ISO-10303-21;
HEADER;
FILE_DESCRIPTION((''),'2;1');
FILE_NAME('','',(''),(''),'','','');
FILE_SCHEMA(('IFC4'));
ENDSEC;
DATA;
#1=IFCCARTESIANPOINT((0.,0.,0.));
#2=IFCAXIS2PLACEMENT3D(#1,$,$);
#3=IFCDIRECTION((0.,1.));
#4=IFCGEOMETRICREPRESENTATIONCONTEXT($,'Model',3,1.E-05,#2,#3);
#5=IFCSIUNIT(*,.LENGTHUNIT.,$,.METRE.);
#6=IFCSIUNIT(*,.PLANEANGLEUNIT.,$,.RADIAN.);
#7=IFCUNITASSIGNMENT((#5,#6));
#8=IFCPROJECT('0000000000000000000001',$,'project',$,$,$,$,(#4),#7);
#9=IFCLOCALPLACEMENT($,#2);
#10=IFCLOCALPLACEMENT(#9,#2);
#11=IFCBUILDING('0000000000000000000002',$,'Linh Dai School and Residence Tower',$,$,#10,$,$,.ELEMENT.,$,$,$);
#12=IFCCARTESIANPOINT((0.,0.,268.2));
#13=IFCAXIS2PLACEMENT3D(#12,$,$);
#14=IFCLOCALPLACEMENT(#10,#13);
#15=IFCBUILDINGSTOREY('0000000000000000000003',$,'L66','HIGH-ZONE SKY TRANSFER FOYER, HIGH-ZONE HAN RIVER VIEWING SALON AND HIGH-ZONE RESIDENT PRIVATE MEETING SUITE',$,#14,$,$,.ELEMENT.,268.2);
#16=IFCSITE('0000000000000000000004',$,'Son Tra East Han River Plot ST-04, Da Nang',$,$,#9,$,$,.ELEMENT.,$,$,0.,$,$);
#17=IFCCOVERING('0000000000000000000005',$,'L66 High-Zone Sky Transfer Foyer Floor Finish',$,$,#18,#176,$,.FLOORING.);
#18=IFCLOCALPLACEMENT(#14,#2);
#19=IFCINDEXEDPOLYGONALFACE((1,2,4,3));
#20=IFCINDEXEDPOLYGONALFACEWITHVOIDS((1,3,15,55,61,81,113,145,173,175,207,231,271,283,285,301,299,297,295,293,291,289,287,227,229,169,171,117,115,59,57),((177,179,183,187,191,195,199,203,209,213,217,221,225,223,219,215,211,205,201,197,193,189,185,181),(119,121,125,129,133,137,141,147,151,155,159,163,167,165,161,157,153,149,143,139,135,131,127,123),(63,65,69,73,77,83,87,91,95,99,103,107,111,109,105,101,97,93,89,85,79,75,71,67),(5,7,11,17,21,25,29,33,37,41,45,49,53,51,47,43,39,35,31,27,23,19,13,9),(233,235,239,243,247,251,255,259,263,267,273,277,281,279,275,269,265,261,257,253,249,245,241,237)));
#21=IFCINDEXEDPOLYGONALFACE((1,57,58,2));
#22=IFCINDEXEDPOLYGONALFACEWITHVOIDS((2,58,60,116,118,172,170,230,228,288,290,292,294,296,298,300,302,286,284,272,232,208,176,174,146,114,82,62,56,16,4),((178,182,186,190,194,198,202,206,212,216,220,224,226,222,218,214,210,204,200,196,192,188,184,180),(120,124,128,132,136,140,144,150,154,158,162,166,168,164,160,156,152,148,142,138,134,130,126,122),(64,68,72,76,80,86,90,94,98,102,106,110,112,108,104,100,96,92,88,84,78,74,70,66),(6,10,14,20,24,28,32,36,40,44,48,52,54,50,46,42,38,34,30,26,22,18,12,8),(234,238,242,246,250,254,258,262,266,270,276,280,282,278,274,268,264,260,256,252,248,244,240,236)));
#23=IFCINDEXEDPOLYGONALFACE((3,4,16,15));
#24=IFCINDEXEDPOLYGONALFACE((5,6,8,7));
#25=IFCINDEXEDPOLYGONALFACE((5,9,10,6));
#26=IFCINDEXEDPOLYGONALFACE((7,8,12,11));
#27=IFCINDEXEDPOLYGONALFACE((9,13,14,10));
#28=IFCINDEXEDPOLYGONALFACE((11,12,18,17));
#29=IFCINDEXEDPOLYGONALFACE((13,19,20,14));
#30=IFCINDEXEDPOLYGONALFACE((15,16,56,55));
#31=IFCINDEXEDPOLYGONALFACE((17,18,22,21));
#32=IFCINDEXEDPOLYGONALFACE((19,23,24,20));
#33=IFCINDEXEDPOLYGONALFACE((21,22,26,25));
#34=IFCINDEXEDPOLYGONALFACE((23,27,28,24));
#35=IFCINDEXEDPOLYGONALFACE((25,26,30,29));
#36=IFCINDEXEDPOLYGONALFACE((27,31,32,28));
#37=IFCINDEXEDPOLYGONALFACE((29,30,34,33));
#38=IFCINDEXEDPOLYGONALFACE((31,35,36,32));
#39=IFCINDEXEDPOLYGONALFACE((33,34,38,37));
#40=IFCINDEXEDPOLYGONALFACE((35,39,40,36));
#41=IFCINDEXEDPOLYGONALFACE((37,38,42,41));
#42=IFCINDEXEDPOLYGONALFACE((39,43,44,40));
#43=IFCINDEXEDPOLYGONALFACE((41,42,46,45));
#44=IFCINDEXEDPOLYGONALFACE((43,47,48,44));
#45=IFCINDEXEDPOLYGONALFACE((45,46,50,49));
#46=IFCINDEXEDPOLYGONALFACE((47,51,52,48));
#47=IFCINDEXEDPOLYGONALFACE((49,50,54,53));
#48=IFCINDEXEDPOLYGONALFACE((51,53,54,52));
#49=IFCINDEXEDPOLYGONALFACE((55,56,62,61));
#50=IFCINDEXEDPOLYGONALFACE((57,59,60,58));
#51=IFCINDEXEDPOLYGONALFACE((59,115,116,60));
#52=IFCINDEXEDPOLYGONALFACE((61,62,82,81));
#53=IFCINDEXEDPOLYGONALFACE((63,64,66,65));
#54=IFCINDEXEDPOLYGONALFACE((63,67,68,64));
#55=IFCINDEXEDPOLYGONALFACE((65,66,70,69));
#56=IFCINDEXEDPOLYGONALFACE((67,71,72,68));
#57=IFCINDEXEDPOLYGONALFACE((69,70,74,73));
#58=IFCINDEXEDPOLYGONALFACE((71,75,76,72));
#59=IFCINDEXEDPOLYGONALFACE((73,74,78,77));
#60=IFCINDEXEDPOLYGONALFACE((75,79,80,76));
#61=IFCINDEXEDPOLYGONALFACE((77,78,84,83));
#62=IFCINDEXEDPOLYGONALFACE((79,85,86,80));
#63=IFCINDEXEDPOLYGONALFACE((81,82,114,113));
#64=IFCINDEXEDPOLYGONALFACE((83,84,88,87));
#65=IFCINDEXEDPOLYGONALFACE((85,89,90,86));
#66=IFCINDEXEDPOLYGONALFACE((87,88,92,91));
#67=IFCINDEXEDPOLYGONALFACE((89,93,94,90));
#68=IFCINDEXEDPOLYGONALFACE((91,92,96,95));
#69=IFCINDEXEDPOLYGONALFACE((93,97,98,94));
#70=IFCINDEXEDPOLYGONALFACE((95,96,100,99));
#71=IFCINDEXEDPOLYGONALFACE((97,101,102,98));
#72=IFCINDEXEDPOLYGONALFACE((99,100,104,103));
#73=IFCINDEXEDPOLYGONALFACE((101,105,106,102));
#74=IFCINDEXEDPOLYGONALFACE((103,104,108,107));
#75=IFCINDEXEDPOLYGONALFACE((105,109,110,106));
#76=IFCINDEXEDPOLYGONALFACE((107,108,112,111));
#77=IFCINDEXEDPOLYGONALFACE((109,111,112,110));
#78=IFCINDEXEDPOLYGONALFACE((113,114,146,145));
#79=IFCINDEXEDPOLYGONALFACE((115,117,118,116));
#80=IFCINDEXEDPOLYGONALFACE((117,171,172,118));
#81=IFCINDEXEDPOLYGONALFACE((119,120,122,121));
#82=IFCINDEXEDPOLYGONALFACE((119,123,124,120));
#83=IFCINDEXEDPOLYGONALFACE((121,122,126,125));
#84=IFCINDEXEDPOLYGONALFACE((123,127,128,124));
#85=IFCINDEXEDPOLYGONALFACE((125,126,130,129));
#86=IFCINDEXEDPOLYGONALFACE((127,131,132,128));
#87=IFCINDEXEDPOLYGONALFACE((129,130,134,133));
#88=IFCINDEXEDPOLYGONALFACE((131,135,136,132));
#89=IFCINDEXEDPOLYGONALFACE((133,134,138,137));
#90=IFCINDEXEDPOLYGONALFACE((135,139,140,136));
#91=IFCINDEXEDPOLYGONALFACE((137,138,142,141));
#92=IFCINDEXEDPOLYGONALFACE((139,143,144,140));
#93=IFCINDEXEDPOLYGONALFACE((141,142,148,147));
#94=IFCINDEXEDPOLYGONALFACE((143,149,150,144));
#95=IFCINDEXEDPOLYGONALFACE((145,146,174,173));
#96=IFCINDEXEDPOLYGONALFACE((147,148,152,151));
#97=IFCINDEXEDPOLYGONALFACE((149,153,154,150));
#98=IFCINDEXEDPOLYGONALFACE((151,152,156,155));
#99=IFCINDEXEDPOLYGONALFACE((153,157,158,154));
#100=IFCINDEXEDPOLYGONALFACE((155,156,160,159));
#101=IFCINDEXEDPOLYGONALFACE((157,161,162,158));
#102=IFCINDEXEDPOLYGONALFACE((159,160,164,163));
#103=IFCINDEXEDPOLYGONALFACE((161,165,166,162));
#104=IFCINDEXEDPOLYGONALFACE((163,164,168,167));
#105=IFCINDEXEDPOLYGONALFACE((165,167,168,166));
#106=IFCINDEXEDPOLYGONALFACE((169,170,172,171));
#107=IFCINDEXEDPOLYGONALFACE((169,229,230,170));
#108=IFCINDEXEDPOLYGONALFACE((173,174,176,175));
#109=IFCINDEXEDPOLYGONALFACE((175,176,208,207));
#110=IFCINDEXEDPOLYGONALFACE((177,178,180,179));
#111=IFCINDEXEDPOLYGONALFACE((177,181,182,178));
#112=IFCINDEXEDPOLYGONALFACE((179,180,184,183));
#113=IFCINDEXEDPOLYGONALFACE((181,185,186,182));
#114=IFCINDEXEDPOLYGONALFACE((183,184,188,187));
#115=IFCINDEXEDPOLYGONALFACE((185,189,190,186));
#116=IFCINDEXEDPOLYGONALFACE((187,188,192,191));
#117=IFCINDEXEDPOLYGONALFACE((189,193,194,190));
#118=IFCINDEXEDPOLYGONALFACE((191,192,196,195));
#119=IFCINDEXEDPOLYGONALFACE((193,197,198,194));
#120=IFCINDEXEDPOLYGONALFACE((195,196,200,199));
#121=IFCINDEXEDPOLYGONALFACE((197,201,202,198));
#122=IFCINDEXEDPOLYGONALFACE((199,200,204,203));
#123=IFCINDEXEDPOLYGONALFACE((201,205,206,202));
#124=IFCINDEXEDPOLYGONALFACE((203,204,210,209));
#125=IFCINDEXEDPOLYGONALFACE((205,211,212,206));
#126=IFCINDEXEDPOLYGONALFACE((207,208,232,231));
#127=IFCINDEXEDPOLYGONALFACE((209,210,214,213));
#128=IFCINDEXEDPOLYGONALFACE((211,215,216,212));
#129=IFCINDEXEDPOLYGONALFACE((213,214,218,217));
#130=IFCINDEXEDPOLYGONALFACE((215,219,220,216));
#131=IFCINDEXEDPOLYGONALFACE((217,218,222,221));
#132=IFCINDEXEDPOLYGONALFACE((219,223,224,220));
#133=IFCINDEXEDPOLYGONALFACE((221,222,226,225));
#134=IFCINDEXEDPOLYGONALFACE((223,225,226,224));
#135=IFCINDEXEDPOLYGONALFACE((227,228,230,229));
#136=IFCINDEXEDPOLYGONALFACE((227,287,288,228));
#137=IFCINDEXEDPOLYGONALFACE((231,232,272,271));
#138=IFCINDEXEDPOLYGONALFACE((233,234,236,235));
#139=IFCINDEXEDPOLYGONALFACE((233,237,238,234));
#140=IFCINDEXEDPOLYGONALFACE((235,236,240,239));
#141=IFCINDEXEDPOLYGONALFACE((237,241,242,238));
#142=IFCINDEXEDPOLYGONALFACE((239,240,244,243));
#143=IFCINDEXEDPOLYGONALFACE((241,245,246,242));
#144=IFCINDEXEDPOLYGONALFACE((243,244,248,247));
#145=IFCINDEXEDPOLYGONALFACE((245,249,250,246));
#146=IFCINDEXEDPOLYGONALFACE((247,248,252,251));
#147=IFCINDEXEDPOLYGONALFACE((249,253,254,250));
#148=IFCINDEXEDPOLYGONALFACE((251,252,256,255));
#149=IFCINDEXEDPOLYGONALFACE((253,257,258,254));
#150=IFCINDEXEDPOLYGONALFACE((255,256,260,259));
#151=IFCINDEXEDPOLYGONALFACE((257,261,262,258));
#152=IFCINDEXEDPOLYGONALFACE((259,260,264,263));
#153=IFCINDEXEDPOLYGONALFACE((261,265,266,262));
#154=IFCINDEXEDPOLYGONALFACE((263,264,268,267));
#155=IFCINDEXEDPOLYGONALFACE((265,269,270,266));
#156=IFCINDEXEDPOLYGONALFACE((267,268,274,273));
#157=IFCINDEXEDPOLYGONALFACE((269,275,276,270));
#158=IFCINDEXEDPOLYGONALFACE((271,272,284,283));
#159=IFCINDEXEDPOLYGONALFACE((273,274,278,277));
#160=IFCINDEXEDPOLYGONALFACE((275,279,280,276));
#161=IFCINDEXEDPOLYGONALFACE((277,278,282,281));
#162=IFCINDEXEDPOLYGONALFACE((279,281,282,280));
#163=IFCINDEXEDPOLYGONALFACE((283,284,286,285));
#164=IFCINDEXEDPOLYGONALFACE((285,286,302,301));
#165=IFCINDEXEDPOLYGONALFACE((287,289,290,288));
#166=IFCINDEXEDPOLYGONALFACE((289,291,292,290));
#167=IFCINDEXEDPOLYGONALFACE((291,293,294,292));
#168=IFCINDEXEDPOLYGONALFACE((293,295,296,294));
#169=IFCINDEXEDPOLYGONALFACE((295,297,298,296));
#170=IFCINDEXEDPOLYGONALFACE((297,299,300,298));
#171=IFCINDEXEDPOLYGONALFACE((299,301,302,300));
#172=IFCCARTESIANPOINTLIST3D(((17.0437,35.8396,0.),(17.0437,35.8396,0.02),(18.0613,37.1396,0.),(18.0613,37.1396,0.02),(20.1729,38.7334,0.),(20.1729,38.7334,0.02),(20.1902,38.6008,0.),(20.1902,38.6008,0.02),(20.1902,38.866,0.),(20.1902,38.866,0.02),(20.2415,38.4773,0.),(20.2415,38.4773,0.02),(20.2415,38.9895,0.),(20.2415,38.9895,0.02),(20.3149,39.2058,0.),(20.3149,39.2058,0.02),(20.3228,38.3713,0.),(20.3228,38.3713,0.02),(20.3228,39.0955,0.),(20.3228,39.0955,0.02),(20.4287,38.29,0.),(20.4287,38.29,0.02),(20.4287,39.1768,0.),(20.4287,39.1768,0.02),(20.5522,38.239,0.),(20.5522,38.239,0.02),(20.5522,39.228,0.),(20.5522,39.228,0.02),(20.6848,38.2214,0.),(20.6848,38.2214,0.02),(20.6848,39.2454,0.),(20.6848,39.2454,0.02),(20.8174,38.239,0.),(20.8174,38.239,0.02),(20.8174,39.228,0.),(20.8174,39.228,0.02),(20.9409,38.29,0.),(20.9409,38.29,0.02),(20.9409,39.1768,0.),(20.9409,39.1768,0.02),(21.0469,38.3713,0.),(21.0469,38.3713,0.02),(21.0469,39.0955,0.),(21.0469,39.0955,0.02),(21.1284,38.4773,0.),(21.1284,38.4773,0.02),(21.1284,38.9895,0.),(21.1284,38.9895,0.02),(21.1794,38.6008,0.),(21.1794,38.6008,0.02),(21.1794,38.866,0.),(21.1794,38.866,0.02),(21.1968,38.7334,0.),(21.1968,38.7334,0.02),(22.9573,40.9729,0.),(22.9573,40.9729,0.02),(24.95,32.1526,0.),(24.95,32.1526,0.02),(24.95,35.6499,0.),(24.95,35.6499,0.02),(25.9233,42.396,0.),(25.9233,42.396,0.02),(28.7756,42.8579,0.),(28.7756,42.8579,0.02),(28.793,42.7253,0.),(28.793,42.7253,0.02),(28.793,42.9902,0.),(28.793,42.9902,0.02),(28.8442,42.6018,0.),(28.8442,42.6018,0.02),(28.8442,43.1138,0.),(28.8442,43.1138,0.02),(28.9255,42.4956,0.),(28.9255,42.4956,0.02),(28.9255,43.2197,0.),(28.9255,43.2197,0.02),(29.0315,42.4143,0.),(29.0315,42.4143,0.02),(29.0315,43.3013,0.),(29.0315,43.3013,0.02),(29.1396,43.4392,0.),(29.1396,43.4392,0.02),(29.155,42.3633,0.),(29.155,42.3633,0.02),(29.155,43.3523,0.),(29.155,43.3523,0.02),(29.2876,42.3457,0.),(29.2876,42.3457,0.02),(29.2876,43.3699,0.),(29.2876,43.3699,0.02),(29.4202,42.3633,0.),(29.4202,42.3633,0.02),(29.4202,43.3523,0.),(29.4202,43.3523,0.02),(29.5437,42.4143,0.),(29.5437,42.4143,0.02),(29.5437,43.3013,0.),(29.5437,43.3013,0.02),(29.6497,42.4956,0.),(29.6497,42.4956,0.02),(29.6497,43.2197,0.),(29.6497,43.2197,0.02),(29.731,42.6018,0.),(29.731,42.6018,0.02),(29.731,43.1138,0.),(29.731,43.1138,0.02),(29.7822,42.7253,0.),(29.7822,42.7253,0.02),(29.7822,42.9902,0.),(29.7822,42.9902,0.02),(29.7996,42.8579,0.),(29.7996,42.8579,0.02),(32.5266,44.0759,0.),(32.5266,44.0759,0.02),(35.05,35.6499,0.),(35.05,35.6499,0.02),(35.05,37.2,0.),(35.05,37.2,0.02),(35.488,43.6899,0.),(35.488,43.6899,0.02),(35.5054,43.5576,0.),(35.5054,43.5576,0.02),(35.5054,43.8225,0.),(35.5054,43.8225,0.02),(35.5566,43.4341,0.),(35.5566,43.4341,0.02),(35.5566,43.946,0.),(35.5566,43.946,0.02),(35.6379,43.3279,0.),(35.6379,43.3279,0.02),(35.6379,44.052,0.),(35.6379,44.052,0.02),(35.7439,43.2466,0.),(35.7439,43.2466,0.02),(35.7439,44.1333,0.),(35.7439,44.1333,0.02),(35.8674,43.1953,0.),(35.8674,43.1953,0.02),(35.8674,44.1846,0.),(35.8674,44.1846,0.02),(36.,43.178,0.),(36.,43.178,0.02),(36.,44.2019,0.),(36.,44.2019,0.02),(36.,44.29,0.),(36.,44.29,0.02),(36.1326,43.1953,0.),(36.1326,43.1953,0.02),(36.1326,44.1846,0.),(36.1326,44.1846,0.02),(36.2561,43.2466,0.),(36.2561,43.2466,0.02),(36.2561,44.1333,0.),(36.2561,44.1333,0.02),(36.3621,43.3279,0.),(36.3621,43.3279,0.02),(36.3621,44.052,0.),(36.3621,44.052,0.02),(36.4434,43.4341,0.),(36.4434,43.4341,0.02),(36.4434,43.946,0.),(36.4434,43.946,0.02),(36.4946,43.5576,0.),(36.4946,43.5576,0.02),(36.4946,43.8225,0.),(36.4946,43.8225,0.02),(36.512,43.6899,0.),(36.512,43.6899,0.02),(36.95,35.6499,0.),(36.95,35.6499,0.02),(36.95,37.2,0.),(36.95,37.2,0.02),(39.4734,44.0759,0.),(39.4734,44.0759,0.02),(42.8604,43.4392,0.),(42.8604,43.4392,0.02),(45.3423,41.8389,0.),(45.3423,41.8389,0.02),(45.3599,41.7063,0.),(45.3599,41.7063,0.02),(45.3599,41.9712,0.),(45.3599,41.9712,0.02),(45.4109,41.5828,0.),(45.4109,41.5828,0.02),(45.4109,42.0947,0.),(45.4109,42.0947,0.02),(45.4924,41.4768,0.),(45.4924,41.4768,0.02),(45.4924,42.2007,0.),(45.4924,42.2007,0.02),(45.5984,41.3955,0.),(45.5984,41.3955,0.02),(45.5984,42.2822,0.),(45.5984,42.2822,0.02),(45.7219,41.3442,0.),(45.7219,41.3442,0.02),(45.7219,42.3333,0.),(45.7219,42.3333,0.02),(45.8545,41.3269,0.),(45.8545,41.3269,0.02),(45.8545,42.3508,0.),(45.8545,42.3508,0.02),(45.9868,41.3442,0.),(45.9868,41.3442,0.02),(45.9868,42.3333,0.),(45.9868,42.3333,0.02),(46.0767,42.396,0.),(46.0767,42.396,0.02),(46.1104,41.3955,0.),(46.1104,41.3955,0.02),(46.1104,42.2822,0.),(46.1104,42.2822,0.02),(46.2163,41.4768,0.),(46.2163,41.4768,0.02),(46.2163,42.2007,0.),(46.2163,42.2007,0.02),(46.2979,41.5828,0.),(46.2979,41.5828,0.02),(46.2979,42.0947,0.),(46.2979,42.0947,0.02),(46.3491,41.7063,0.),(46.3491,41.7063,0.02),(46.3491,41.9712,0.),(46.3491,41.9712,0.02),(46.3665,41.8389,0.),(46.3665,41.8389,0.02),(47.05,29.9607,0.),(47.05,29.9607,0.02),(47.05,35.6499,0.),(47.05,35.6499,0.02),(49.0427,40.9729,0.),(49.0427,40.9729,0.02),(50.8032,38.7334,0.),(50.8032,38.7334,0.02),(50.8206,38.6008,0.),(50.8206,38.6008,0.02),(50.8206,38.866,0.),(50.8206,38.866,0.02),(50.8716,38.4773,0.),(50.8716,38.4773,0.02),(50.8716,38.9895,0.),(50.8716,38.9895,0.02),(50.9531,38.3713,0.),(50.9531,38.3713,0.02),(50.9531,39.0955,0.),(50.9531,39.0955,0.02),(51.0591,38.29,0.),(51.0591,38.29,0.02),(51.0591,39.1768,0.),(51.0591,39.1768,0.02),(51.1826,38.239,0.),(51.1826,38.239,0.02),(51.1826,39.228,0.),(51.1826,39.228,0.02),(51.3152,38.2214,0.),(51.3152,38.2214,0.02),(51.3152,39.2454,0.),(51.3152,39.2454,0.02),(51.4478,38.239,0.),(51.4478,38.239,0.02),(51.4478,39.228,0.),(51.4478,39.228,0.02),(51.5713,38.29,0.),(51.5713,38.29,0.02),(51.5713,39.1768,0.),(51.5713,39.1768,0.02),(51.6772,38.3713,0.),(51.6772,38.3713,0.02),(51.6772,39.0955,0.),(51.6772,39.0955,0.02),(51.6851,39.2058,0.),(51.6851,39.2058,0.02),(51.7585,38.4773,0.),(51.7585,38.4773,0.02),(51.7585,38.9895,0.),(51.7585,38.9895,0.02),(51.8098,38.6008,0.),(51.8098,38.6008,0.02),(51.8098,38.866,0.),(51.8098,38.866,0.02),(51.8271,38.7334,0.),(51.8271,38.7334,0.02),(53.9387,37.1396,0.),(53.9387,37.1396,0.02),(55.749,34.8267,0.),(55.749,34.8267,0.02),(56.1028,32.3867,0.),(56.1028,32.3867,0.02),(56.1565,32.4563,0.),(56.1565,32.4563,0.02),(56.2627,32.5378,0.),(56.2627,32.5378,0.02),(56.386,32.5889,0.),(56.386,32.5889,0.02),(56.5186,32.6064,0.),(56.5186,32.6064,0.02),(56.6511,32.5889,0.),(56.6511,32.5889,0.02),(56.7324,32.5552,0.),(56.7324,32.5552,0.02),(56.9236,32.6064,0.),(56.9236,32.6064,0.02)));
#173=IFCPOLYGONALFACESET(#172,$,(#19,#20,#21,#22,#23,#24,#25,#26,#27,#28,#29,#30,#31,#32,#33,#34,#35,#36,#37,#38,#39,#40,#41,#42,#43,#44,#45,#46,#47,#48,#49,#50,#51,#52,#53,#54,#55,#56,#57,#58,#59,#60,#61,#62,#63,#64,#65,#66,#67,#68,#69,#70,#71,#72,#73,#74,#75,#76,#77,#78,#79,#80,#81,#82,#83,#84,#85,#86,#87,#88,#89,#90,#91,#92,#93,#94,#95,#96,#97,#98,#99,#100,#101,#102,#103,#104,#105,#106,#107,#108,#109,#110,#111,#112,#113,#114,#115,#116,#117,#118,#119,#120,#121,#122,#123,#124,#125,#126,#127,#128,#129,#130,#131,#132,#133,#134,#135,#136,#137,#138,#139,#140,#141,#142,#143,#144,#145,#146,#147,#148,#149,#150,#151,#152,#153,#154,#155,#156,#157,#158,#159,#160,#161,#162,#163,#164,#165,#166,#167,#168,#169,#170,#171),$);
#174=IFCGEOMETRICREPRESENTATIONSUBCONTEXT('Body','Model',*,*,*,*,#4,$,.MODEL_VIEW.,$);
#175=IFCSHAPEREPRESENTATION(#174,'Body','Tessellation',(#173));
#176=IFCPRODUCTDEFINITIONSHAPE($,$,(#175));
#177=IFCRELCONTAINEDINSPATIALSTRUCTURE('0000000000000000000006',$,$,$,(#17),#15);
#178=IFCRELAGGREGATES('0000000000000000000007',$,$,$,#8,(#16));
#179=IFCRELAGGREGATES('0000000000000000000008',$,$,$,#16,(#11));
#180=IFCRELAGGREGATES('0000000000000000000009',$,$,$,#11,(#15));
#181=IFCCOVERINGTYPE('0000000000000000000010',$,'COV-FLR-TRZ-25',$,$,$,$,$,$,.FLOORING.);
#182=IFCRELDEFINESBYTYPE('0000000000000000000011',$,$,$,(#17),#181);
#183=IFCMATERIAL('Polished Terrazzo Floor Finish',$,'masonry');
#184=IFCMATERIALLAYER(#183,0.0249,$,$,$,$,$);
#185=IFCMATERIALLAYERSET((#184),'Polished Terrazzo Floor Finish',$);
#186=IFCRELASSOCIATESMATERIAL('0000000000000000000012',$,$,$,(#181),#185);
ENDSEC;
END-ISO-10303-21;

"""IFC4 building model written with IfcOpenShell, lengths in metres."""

from ifc_helpers import new_model, si_unit, direction, frame, origin, place, context, subcontext, project, spatial, polyline, outline, extrude, material, layer, layer_set, type_object, element, save


model = new_model("IFC4")

# Units and contexts
model_context = context("Model", 3, precision=1e-05, world=origin(), true_north=direction((0.0, 1.0)))
body_context = subcontext(model_context, "Body", "Model", "MODEL_VIEW")
ifc_project = project(units=[si_unit("LENGTHUNIT", "METRE"), si_unit("PLANEANGLEUNIT", "RADIAN")], contexts=[model_context])

# Site, building, storey
site_placement = place(None, origin())
site = spatial("IfcSite", under=ifc_project, at=site_placement, Name="Son Tra East Han River Plot ST-04, Da Nang", CompositionType="ELEMENT", RefElevation=0.0)
building_placement = place(site_placement, origin())
building = spatial("IfcBuilding", under=site, at=building_placement, Name="Linh Dai School and Residence Tower", CompositionType="ELEMENT")
storey_placement = place(building_placement, frame((0.0, 0.0, 268.2)))
storey = spatial("IfcBuildingStorey", under=building, at=storey_placement, Name="L66", Description="HIGH-ZONE SKY TRANSFER FOYER, HIGH-ZONE HAN RIVER VIEWING SALON AND HIGH-ZONE RESIDENT PRIVATE MEETING SUITE", CompositionType="ELEMENT", Elevation=268.2)

# Covering
ifc_material_1 = material(Name="Polished Terrazzo Floor Finish", Category="masonry")
ifc_layer_1 = layer(ifc_material_1, 0.0249)
ifc_layer_set_1 = layer_set([ifc_layer_1], Name="Polished Terrazzo Floor Finish")
covering_type_1 = type_object("IfcCoveringType", Name="COV-FLR-TRZ-25", PredefinedType="FLOORING", material=ifc_layer_set_1)
covering_1_placement = place(storey_placement, origin())
element("IfcCovering", 1, at=covering_1_placement, inside=storey, type_object=covering_type_1, Name="L66 High-Zone Sky Transfer Foyer Floor Finish", PredefinedType="FLOORING", context=body_context, shape_type="SweptSolid", body=[
    extrude(outline(polyline([(20.3149, 39.2058), (22.9573, 40.9729), (25.9233, 42.396), (29.1396, 43.4392), (32.5266, 44.0759), (36.0, 44.29), (39.4734, 44.0759), (42.8604, 43.4392), (46.0767, 42.396), (49.0427, 40.9729), (51.6851, 39.2058), (53.9387, 37.1396), (55.749, 34.8267), (56.9236, 32.6064), (56.7324, 32.5552), (56.6511, 32.5889), (56.5186, 32.6064), (56.386, 32.5889), (56.2627, 32.5378), (56.1565, 32.4563), (56.1028, 32.3867), (47.05, 29.9607), (47.05, 35.6499), (36.95, 35.6499), (36.95, 37.2), (35.05, 37.2), (35.05, 35.6499), (24.95, 35.6499), (24.95, 32.1526), (17.0437, 35.8396), (18.0613, 37.1396), (20.3149, 39.2058)]), holes=[polyline([(51.7585, 38.4773), (51.8098, 38.6008), (51.8271, 38.7334), (51.8098, 38.866), (51.7585, 38.9895), (51.6772, 39.0955), (51.5713, 39.1768), (51.4478, 39.228), (51.3152, 39.2454), (51.1826, 39.228), (51.0591, 39.1768), (50.9531, 39.0955), (50.8716, 38.9895), (50.8206, 38.866), (50.8032, 38.7334), (50.8206, 38.6008), (50.8716, 38.4773), (50.9531, 38.3713), (51.0591, 38.29), (51.1826, 38.239), (51.3152, 38.2214), (51.4478, 38.239), (51.5713, 38.29), (51.6772, 38.3713), (51.7585, 38.4773)]), polyline([(46.2163, 41.4768), (46.2979, 41.5828), (46.3491, 41.7063), (46.3665, 41.8389), (46.3491, 41.9712), (46.2979, 42.0947), (46.2163, 42.2007), (46.1104, 42.2822), (45.9868, 42.3333), (45.8545, 42.3508), (45.7219, 42.3333), (45.5984, 42.2822), (45.4924, 42.2007), (45.4109, 42.0947), (45.3599, 41.9712), (45.3423, 41.8389), (45.3599, 41.7063), (45.4109, 41.5828), (45.4924, 41.4768), (45.5984, 41.3955), (45.7219, 41.3442), (45.8545, 41.3269), (45.9868, 41.3442), (46.1104, 41.3955), (46.2163, 41.4768)]), polyline([(36.3621, 43.3279), (36.4434, 43.4341), (36.4946, 43.5576), (36.512, 43.6899), (36.4946, 43.8225), (36.4434, 43.946), (36.3621, 44.052), (36.2561, 44.1333), (36.1326, 44.1846), (36.0, 44.2019), (35.8674, 44.1846), (35.7439, 44.1333), (35.6379, 44.052), (35.5566, 43.946), (35.5054, 43.8225), (35.488, 43.6899), (35.5054, 43.5576), (35.5566, 43.4341), (35.6379, 43.3279), (35.7439, 43.2466), (35.8674, 43.1953), (36.0, 43.178), (36.1326, 43.1953), (36.2561, 43.2466), (36.3621, 43.3279)]), polyline([(29.6497, 42.4956), (29.731, 42.6018), (29.7822, 42.7253), (29.7996, 42.8579), (29.7822, 42.9902), (29.731, 43.1138), (29.6497, 43.2197), (29.5437, 43.3013), (29.4202, 43.3523), (29.2876, 43.3699), (29.155, 43.3523), (29.0315, 43.3013), (28.9255, 43.2197), (28.8442, 43.1138), (28.793, 42.9902), (28.7756, 42.8579), (28.793, 42.7253), (28.8442, 42.6018), (28.9255, 42.4956), (29.0315, 42.4143), (29.155, 42.3633), (29.2876, 42.3457), (29.4202, 42.3633), (29.5437, 42.4143), (29.6497, 42.4956)]), polyline([(21.0469, 38.3713), (21.1284, 38.4773), (21.1794, 38.6008), (21.1968, 38.7334), (21.1794, 38.866), (21.1284, 38.9895), (21.0469, 39.0955), (20.9409, 39.1768), (20.8174, 39.228), (20.6848, 39.2454), (20.5522, 39.228), (20.4287, 39.1768), (20.3228, 39.0955), (20.2415, 38.9895), (20.1902, 38.866), (20.1729, 38.7334), (20.1902, 38.6008), (20.2415, 38.4773), (20.3228, 38.3713), (20.4287, 38.29), (20.5522, 38.239), (20.6848, 38.2214), (20.8174, 38.239), (20.9409, 38.29), (21.0469, 38.3713)])]), origin(), (0.0, 0.0, 1.0), 0.02),
])

save(model, "model.ifc")
